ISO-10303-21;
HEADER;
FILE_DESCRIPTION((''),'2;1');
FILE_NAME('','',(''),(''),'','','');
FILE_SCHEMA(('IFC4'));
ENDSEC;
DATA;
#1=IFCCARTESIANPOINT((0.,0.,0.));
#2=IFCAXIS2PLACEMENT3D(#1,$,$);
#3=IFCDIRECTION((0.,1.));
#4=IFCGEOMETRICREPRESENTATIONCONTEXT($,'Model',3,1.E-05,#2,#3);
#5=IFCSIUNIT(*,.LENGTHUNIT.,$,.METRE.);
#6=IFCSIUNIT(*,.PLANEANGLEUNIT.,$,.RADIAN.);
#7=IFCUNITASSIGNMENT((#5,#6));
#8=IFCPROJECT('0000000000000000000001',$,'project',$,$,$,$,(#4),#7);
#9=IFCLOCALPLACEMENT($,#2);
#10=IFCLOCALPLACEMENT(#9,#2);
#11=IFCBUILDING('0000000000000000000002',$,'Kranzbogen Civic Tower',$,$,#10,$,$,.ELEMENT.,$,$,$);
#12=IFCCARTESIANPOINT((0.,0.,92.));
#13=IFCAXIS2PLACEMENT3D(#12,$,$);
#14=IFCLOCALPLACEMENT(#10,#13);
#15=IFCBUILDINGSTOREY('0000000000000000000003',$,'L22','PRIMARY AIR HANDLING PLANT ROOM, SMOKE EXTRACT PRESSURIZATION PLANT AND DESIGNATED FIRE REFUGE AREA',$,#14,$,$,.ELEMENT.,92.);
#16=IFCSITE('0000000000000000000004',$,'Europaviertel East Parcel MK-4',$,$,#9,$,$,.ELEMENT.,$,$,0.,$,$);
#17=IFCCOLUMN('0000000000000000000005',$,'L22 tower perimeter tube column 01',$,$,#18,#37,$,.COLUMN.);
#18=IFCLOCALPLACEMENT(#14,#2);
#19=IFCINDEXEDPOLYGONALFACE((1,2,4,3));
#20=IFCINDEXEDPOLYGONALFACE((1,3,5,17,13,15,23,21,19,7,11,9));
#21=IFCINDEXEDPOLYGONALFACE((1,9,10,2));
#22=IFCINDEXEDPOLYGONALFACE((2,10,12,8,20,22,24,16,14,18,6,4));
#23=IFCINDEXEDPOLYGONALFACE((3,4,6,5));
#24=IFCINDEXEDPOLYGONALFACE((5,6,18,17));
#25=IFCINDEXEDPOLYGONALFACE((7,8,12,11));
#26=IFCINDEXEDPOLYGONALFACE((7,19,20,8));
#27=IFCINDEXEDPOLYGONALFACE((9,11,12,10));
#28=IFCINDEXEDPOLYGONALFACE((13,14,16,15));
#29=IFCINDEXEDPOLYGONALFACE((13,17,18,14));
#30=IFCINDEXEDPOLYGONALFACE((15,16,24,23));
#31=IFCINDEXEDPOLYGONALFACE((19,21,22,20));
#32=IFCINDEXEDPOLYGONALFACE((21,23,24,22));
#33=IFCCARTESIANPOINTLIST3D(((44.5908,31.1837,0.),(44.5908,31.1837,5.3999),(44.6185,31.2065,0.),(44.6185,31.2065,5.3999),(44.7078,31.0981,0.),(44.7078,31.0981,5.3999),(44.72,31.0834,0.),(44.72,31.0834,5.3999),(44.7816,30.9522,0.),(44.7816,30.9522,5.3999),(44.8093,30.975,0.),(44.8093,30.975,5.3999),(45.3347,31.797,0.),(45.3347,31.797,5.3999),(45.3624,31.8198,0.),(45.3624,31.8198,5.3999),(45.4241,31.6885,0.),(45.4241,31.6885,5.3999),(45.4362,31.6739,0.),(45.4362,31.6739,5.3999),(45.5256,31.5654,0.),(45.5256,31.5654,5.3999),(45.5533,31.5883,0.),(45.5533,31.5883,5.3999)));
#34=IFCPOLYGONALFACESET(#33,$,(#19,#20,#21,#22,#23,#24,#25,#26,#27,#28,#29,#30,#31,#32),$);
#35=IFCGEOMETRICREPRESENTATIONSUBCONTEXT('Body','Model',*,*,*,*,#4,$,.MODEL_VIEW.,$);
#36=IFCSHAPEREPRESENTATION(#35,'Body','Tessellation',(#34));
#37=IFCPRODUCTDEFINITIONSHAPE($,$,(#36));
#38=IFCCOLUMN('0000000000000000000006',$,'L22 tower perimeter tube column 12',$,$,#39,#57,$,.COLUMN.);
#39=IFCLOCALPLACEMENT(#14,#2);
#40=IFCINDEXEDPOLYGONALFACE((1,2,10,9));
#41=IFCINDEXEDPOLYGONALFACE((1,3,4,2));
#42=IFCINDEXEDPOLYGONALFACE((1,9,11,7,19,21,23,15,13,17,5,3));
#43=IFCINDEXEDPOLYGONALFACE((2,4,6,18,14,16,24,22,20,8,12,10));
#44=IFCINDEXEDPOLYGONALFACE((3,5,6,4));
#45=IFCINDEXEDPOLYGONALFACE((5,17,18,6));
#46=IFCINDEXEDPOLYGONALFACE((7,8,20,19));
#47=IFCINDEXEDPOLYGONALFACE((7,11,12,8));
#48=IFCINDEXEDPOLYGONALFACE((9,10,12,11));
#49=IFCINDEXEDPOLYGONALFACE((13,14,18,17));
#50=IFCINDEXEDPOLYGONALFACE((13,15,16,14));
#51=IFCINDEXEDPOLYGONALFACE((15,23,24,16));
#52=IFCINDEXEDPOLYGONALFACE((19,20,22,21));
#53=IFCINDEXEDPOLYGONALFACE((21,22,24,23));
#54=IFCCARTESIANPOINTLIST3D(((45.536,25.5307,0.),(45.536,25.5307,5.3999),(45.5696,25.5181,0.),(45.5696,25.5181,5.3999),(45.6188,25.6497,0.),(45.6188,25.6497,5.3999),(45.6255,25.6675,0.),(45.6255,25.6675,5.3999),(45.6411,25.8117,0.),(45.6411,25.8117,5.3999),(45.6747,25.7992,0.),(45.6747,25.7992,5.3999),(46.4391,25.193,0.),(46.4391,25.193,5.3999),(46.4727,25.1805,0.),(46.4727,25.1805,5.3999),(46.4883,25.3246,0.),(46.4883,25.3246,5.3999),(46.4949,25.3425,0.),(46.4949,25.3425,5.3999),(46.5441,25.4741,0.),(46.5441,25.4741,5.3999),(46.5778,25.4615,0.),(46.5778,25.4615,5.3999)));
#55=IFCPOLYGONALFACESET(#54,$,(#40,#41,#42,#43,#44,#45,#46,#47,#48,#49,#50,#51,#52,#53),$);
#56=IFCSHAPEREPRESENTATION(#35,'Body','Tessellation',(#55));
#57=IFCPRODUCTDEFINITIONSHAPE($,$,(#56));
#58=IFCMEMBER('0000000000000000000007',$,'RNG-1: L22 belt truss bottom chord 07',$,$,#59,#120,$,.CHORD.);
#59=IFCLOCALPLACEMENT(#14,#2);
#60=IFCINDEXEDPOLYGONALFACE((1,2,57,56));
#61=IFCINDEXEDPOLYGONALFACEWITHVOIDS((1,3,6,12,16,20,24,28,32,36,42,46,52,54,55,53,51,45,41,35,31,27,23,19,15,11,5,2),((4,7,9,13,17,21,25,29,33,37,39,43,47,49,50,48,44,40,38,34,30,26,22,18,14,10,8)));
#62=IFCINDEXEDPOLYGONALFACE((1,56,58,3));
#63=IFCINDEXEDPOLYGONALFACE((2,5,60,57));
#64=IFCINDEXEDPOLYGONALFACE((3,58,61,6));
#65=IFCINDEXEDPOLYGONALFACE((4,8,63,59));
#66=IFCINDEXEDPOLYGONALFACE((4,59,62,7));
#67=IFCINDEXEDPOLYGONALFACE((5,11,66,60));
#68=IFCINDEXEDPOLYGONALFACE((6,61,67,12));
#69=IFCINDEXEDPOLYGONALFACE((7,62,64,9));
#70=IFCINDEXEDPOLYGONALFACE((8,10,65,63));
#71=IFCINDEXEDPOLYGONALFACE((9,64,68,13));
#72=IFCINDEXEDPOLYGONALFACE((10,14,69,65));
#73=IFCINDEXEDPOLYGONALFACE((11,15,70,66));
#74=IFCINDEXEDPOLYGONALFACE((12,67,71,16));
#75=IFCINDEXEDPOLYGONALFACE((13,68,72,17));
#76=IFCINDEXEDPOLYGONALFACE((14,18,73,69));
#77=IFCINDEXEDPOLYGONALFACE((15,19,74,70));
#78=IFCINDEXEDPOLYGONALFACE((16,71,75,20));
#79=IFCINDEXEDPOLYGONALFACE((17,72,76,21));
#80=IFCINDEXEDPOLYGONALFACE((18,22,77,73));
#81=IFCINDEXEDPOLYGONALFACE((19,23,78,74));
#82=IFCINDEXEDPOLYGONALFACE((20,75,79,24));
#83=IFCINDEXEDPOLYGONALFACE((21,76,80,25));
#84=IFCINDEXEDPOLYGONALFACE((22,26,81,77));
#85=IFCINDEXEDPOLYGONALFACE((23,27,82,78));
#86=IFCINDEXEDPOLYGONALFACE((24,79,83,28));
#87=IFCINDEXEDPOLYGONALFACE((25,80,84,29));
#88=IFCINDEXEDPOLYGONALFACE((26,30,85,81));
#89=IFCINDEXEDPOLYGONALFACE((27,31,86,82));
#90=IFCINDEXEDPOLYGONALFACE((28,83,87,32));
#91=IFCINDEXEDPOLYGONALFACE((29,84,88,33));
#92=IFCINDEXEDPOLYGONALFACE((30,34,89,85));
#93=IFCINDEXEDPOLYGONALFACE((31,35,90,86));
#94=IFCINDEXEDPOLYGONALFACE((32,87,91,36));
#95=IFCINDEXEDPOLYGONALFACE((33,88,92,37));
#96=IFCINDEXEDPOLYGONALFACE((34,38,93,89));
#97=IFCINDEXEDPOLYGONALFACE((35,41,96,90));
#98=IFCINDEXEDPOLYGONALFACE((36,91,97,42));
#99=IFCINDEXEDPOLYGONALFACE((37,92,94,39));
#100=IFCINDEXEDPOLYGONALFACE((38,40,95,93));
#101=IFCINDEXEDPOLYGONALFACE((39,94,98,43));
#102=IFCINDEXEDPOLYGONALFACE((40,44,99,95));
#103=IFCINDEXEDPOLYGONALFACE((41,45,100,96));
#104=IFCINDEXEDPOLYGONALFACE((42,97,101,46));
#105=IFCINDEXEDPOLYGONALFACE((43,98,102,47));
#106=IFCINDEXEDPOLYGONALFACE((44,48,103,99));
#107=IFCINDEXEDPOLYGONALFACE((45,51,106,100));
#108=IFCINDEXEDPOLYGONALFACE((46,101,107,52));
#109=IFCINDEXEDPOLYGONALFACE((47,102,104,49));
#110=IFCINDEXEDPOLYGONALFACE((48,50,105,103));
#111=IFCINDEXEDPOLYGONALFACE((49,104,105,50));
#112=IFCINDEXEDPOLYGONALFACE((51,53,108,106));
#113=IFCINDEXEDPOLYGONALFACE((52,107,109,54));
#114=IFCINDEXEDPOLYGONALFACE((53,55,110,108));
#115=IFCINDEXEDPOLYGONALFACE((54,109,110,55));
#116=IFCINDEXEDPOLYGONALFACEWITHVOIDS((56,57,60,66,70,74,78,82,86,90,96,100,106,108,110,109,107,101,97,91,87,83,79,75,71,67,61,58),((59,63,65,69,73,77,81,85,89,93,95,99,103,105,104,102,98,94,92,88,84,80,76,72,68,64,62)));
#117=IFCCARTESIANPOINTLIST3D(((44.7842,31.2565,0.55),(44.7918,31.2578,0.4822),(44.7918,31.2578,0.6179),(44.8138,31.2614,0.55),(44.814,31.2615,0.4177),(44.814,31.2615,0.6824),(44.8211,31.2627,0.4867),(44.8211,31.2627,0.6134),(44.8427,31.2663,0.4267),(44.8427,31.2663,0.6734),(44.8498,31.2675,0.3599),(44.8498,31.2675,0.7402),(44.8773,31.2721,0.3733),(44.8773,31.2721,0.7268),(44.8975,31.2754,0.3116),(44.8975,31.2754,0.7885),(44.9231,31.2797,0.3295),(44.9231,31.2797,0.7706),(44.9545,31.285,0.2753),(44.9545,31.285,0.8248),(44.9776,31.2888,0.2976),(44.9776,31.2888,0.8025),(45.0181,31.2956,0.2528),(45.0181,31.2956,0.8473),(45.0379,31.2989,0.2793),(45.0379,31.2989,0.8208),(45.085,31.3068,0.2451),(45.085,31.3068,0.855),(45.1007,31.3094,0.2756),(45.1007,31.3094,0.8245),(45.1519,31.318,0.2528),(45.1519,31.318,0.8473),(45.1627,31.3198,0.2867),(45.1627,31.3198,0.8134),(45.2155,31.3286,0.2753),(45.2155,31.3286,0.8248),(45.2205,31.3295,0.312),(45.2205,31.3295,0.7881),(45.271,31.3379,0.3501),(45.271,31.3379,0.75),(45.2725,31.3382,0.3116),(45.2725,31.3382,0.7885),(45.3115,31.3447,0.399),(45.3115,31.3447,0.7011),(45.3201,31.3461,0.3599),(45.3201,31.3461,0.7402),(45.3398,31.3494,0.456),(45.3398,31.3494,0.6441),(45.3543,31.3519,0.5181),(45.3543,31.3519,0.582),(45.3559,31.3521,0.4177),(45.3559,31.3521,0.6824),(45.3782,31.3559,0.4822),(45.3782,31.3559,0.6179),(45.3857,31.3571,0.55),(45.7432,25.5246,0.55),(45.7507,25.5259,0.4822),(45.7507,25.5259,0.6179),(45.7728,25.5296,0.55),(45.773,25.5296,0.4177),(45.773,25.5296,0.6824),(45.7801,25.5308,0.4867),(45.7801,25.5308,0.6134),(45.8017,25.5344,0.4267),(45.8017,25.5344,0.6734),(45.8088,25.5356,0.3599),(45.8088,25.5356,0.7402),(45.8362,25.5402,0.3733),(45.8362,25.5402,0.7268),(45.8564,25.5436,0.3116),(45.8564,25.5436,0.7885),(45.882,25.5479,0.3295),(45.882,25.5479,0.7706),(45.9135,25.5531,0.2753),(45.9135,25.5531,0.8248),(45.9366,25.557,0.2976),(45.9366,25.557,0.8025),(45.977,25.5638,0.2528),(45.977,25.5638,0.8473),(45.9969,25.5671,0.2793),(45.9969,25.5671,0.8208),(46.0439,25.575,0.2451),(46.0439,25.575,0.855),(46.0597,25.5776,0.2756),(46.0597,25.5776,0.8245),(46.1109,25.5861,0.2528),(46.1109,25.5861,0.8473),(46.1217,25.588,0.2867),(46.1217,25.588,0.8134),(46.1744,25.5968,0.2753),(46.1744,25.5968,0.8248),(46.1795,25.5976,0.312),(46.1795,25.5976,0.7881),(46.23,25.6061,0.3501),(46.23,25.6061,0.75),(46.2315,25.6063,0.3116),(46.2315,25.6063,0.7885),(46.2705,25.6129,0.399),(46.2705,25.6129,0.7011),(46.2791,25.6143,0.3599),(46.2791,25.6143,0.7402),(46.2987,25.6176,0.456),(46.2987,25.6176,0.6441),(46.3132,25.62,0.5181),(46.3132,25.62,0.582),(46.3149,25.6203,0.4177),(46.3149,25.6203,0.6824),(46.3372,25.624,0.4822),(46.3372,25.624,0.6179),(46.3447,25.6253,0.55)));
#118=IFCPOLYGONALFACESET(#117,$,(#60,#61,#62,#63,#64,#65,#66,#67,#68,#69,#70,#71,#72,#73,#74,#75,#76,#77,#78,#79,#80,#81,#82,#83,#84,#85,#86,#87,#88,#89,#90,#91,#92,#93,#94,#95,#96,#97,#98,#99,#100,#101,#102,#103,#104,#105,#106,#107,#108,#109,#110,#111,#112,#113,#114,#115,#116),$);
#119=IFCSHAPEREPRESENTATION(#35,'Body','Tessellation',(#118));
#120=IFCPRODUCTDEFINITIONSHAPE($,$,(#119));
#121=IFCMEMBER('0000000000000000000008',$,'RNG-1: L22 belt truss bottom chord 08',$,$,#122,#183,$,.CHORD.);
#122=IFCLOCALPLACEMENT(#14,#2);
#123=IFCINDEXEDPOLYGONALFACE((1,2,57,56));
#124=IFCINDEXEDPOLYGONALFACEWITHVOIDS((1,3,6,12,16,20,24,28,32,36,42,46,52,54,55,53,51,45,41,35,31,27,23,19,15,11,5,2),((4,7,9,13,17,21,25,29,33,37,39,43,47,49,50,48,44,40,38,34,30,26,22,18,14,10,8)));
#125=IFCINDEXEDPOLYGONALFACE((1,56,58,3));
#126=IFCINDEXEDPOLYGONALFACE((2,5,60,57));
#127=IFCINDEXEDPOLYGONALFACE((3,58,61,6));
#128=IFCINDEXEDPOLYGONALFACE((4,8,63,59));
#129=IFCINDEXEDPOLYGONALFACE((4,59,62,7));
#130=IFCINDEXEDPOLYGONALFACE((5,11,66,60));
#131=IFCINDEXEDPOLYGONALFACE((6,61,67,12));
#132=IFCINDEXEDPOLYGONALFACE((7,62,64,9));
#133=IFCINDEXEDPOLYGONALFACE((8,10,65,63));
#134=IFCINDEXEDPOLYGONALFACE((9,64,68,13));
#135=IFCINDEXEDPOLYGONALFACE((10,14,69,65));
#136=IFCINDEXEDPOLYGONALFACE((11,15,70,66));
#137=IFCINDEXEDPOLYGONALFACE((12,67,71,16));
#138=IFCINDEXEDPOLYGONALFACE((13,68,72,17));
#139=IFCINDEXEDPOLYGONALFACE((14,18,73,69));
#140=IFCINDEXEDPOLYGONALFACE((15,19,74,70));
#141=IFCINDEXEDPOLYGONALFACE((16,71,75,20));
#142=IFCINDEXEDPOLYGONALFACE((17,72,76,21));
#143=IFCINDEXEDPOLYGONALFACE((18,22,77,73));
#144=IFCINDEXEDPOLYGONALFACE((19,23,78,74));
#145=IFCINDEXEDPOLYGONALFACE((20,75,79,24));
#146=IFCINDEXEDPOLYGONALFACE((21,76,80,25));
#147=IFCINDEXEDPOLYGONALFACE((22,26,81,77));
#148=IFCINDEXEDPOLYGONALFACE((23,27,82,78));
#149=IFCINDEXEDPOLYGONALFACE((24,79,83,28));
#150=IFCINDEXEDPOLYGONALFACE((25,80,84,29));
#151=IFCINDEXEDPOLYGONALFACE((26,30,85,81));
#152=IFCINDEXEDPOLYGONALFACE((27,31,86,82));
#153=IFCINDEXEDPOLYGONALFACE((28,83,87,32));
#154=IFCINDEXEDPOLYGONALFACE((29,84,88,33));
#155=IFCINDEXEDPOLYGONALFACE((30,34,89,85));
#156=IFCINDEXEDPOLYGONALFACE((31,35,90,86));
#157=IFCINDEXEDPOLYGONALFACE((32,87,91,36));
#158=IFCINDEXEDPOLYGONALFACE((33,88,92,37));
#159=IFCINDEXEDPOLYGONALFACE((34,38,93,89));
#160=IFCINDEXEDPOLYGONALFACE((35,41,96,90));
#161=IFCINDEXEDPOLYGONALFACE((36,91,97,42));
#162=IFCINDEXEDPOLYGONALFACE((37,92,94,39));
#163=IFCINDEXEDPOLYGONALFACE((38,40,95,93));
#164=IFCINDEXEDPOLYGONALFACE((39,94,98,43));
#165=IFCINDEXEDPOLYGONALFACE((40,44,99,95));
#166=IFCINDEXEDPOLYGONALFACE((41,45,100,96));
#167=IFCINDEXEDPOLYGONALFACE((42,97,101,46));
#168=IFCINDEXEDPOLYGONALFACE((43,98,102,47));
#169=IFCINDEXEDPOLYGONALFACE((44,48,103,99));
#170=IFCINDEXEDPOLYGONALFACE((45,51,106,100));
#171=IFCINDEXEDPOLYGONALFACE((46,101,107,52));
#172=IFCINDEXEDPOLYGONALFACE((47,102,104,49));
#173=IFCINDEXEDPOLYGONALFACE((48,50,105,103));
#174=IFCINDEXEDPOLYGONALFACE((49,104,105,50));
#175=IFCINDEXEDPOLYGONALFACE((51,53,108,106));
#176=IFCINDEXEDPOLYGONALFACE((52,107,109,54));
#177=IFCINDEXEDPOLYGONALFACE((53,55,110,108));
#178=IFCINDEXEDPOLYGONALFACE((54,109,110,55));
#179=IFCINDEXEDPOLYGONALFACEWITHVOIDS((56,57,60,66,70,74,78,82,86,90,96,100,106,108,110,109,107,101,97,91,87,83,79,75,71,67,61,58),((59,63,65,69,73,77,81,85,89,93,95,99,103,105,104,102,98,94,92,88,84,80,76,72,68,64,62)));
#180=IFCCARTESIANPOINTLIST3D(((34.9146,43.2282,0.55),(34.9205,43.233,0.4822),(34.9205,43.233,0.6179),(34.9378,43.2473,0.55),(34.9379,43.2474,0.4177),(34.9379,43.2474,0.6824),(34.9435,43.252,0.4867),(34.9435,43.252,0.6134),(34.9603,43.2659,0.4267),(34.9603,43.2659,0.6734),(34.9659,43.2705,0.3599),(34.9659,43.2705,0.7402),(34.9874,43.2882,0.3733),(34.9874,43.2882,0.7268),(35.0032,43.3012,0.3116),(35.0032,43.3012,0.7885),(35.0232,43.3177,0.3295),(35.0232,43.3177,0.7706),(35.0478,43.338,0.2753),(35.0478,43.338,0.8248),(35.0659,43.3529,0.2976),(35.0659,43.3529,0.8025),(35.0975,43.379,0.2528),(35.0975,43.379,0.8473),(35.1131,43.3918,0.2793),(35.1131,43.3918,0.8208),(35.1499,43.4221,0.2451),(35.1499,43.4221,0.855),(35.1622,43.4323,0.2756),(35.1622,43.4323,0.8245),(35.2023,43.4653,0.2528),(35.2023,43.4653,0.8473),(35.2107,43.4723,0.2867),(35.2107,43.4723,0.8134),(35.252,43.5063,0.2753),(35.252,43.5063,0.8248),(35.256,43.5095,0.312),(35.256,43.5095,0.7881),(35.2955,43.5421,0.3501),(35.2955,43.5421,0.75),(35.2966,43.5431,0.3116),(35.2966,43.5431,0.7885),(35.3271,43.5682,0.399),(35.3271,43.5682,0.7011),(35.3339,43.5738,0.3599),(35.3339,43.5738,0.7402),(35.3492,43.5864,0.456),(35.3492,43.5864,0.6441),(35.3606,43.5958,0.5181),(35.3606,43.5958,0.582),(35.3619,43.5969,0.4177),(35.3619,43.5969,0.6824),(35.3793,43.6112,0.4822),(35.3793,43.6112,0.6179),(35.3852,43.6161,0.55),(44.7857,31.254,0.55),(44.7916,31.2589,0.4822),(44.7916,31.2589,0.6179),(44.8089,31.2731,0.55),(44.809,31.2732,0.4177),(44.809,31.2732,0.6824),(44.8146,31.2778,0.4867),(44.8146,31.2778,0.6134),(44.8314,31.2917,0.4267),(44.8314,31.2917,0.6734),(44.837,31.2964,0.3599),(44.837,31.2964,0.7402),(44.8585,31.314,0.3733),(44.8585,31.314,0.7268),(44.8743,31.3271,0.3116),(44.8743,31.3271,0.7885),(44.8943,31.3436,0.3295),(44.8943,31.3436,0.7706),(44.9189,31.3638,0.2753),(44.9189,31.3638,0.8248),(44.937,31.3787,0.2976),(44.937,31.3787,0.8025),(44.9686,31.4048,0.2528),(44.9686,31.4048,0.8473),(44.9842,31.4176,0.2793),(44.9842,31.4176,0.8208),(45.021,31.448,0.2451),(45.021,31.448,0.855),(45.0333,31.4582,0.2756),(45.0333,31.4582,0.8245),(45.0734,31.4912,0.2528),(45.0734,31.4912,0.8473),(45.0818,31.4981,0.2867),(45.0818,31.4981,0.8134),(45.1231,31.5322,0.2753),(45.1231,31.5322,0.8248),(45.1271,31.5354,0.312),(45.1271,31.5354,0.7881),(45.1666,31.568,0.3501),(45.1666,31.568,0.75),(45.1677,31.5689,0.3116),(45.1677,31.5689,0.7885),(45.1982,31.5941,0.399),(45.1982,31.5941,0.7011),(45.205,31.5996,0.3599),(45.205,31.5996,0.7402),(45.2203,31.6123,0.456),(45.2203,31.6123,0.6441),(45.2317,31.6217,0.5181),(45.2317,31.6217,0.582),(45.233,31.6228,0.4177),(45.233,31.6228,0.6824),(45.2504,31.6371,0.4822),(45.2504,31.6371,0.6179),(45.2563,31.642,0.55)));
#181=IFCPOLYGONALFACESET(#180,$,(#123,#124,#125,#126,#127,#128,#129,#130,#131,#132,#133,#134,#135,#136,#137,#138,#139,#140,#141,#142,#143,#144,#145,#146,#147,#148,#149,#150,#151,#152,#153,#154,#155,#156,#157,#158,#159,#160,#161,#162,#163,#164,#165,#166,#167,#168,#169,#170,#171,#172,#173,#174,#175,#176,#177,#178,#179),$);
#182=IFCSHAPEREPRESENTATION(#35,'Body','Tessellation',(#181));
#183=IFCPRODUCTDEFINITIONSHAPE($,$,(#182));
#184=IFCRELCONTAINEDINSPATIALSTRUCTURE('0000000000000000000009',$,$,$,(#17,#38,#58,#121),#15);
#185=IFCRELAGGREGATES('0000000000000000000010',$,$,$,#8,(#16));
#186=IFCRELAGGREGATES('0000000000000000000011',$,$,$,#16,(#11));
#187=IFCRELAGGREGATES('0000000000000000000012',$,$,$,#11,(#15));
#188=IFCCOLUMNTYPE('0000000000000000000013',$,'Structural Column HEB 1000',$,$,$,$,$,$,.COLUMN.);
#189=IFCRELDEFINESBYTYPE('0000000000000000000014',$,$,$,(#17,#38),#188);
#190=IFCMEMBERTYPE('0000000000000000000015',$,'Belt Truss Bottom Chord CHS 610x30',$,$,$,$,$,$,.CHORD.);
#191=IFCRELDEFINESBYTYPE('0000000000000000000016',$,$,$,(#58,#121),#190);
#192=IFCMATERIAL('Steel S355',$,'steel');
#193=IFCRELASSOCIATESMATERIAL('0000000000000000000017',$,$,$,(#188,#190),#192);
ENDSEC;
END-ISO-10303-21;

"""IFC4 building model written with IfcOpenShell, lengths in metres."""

from ifc_helpers import new_model, si_unit, direction, frame, origin, origin_2d, place, context, subcontext, project, spatial, hollow_circle, i_section, extrude, material, material_profile, profile_set, type_object, element, save


model = new_model("IFC4")

# Units and contexts
model_context = context("Model", 3, precision=1e-05, world=origin(), true_north=direction((0.0, 1.0)))
body_context = subcontext(model_context, "Body", "Model", "MODEL_VIEW")
ifc_project = project(units=[si_unit("LENGTHUNIT", "METRE"), si_unit("PLANEANGLEUNIT", "RADIAN")], contexts=[model_context])

# Site, building, storey
site_placement = place(None, origin())
site = spatial("IfcSite", under=ifc_project, at=site_placement, Name="Europaviertel East Parcel MK-4", CompositionType="ELEMENT", RefElevation=0.0)
building_placement = place(site_placement, origin())
building = spatial("IfcBuilding", under=site, at=building_placement, Name="Kranzbogen Civic Tower", CompositionType="ELEMENT")
storey_placement = place(building_placement, frame((0.0, 0.0, 92.0)))
storey = spatial("IfcBuildingStorey", under=building, at=storey_placement, Name="L22", Description="PRIMARY AIR HANDLING PLANT ROOM, SMOKE EXTRACT PRESSURIZATION PLANT AND DESIGNATED FIRE REFUGE AREA", CompositionType="ELEMENT", Elevation=92.0)

# Columns
ifc_material_1 = material(Name="Steel S355", Category="steel")
ifc_material_profile_1 = material_profile(ifc_material_1, i_section(OverallWidth=0.3, OverallDepth=1.0, WebThickness=0.019, FlangeThickness=0.0359, at=origin_2d()), Name="HEB 1000")
ifc_profile_set_1 = profile_set([ifc_material_profile_1], Name="Steel S355")
column_type = type_object("IfcColumnType", Name="Structural Column HEB 1000", PredefinedType="COLUMN", material=ifc_profile_set_1)
for number, where, z_axis, x_axis, name in (
    (1, (45.072, 31.386, 0.0), (0.0, 0.0, 1.0), (-0.636078, 0.771625, 0.0), "L22 tower perimeter tube column 01"),
    (2, (46.0569, 25.4961, 0.0), (0.0, 0.0, 1.0), (0.350207, 0.936672, 0.0), "L22 tower perimeter tube column 12"),
):
    element("IfcColumn", number, at=place(storey_placement, frame(where, z_axis=z_axis, x_axis=x_axis)), inside=storey, type_object=column_type, Name=name, PredefinedType="COLUMN", context=body_context, shape_type="SweptSolid", body=[
        extrude(i_section(OverallWidth=0.3, OverallDepth=1.0, WebThickness=0.019, FlangeThickness=0.0359, at=origin_2d()), origin(), (0.0, 0.0, 1.0), 5.3999),
    ])

# Members
ifc_material_profile_2 = material_profile(ifc_material_1, hollow_circle(Radius=0.3049, WallThickness=0.03, at=origin_2d()), Name="CHS 610x30")
ifc_profile_set_2 = profile_set([ifc_material_profile_2], Name="Steel S355")
member_type_1 = type_object("IfcMemberType", Name="Belt Truss Bottom Chord CHS 610x30", PredefinedType="CHORD", material=ifc_profile_set_2)
member_1_placement = place(storey_placement, frame((46.0439, 25.575, 0.55), z_axis=(-0.165012, 0.986292, 0.0), x_axis=(-0.986292, -0.165012, 0.0)))
element("IfcMember", 3, at=member_1_placement, inside=storey, type_object=member_type_1, Name="RNG-1: L22 belt truss bottom chord 07", PredefinedType="CHORD", context=body_context, shape_type="SweptSolid", body=[
    extrude(hollow_circle(Radius=0.3049, WallThickness=0.03, at=origin_2d()), origin(), (0.0, 0.0, 1.0), 5.8115),
])
member_2_placement = place(storey_placement, frame((45.021, 31.448, 0.55), z_axis=(-0.636093, 0.771612, 0.0), x_axis=(-0.771612, -0.636093, 0.0)))
element("IfcMember", 4, at=member_2_placement, inside=storey, type_object=member_type_1, Name="RNG-1: L22 belt truss bottom chord 08", PredefinedType="CHORD", context=body_context, shape_type="SweptSolid", body=[
    extrude(hollow_circle(Radius=0.3049, WallThickness=0.03, at=origin_2d()), origin(), (0.0, 0.0, 1.0), 15.5183),
])

save(model, "model.ifc")
